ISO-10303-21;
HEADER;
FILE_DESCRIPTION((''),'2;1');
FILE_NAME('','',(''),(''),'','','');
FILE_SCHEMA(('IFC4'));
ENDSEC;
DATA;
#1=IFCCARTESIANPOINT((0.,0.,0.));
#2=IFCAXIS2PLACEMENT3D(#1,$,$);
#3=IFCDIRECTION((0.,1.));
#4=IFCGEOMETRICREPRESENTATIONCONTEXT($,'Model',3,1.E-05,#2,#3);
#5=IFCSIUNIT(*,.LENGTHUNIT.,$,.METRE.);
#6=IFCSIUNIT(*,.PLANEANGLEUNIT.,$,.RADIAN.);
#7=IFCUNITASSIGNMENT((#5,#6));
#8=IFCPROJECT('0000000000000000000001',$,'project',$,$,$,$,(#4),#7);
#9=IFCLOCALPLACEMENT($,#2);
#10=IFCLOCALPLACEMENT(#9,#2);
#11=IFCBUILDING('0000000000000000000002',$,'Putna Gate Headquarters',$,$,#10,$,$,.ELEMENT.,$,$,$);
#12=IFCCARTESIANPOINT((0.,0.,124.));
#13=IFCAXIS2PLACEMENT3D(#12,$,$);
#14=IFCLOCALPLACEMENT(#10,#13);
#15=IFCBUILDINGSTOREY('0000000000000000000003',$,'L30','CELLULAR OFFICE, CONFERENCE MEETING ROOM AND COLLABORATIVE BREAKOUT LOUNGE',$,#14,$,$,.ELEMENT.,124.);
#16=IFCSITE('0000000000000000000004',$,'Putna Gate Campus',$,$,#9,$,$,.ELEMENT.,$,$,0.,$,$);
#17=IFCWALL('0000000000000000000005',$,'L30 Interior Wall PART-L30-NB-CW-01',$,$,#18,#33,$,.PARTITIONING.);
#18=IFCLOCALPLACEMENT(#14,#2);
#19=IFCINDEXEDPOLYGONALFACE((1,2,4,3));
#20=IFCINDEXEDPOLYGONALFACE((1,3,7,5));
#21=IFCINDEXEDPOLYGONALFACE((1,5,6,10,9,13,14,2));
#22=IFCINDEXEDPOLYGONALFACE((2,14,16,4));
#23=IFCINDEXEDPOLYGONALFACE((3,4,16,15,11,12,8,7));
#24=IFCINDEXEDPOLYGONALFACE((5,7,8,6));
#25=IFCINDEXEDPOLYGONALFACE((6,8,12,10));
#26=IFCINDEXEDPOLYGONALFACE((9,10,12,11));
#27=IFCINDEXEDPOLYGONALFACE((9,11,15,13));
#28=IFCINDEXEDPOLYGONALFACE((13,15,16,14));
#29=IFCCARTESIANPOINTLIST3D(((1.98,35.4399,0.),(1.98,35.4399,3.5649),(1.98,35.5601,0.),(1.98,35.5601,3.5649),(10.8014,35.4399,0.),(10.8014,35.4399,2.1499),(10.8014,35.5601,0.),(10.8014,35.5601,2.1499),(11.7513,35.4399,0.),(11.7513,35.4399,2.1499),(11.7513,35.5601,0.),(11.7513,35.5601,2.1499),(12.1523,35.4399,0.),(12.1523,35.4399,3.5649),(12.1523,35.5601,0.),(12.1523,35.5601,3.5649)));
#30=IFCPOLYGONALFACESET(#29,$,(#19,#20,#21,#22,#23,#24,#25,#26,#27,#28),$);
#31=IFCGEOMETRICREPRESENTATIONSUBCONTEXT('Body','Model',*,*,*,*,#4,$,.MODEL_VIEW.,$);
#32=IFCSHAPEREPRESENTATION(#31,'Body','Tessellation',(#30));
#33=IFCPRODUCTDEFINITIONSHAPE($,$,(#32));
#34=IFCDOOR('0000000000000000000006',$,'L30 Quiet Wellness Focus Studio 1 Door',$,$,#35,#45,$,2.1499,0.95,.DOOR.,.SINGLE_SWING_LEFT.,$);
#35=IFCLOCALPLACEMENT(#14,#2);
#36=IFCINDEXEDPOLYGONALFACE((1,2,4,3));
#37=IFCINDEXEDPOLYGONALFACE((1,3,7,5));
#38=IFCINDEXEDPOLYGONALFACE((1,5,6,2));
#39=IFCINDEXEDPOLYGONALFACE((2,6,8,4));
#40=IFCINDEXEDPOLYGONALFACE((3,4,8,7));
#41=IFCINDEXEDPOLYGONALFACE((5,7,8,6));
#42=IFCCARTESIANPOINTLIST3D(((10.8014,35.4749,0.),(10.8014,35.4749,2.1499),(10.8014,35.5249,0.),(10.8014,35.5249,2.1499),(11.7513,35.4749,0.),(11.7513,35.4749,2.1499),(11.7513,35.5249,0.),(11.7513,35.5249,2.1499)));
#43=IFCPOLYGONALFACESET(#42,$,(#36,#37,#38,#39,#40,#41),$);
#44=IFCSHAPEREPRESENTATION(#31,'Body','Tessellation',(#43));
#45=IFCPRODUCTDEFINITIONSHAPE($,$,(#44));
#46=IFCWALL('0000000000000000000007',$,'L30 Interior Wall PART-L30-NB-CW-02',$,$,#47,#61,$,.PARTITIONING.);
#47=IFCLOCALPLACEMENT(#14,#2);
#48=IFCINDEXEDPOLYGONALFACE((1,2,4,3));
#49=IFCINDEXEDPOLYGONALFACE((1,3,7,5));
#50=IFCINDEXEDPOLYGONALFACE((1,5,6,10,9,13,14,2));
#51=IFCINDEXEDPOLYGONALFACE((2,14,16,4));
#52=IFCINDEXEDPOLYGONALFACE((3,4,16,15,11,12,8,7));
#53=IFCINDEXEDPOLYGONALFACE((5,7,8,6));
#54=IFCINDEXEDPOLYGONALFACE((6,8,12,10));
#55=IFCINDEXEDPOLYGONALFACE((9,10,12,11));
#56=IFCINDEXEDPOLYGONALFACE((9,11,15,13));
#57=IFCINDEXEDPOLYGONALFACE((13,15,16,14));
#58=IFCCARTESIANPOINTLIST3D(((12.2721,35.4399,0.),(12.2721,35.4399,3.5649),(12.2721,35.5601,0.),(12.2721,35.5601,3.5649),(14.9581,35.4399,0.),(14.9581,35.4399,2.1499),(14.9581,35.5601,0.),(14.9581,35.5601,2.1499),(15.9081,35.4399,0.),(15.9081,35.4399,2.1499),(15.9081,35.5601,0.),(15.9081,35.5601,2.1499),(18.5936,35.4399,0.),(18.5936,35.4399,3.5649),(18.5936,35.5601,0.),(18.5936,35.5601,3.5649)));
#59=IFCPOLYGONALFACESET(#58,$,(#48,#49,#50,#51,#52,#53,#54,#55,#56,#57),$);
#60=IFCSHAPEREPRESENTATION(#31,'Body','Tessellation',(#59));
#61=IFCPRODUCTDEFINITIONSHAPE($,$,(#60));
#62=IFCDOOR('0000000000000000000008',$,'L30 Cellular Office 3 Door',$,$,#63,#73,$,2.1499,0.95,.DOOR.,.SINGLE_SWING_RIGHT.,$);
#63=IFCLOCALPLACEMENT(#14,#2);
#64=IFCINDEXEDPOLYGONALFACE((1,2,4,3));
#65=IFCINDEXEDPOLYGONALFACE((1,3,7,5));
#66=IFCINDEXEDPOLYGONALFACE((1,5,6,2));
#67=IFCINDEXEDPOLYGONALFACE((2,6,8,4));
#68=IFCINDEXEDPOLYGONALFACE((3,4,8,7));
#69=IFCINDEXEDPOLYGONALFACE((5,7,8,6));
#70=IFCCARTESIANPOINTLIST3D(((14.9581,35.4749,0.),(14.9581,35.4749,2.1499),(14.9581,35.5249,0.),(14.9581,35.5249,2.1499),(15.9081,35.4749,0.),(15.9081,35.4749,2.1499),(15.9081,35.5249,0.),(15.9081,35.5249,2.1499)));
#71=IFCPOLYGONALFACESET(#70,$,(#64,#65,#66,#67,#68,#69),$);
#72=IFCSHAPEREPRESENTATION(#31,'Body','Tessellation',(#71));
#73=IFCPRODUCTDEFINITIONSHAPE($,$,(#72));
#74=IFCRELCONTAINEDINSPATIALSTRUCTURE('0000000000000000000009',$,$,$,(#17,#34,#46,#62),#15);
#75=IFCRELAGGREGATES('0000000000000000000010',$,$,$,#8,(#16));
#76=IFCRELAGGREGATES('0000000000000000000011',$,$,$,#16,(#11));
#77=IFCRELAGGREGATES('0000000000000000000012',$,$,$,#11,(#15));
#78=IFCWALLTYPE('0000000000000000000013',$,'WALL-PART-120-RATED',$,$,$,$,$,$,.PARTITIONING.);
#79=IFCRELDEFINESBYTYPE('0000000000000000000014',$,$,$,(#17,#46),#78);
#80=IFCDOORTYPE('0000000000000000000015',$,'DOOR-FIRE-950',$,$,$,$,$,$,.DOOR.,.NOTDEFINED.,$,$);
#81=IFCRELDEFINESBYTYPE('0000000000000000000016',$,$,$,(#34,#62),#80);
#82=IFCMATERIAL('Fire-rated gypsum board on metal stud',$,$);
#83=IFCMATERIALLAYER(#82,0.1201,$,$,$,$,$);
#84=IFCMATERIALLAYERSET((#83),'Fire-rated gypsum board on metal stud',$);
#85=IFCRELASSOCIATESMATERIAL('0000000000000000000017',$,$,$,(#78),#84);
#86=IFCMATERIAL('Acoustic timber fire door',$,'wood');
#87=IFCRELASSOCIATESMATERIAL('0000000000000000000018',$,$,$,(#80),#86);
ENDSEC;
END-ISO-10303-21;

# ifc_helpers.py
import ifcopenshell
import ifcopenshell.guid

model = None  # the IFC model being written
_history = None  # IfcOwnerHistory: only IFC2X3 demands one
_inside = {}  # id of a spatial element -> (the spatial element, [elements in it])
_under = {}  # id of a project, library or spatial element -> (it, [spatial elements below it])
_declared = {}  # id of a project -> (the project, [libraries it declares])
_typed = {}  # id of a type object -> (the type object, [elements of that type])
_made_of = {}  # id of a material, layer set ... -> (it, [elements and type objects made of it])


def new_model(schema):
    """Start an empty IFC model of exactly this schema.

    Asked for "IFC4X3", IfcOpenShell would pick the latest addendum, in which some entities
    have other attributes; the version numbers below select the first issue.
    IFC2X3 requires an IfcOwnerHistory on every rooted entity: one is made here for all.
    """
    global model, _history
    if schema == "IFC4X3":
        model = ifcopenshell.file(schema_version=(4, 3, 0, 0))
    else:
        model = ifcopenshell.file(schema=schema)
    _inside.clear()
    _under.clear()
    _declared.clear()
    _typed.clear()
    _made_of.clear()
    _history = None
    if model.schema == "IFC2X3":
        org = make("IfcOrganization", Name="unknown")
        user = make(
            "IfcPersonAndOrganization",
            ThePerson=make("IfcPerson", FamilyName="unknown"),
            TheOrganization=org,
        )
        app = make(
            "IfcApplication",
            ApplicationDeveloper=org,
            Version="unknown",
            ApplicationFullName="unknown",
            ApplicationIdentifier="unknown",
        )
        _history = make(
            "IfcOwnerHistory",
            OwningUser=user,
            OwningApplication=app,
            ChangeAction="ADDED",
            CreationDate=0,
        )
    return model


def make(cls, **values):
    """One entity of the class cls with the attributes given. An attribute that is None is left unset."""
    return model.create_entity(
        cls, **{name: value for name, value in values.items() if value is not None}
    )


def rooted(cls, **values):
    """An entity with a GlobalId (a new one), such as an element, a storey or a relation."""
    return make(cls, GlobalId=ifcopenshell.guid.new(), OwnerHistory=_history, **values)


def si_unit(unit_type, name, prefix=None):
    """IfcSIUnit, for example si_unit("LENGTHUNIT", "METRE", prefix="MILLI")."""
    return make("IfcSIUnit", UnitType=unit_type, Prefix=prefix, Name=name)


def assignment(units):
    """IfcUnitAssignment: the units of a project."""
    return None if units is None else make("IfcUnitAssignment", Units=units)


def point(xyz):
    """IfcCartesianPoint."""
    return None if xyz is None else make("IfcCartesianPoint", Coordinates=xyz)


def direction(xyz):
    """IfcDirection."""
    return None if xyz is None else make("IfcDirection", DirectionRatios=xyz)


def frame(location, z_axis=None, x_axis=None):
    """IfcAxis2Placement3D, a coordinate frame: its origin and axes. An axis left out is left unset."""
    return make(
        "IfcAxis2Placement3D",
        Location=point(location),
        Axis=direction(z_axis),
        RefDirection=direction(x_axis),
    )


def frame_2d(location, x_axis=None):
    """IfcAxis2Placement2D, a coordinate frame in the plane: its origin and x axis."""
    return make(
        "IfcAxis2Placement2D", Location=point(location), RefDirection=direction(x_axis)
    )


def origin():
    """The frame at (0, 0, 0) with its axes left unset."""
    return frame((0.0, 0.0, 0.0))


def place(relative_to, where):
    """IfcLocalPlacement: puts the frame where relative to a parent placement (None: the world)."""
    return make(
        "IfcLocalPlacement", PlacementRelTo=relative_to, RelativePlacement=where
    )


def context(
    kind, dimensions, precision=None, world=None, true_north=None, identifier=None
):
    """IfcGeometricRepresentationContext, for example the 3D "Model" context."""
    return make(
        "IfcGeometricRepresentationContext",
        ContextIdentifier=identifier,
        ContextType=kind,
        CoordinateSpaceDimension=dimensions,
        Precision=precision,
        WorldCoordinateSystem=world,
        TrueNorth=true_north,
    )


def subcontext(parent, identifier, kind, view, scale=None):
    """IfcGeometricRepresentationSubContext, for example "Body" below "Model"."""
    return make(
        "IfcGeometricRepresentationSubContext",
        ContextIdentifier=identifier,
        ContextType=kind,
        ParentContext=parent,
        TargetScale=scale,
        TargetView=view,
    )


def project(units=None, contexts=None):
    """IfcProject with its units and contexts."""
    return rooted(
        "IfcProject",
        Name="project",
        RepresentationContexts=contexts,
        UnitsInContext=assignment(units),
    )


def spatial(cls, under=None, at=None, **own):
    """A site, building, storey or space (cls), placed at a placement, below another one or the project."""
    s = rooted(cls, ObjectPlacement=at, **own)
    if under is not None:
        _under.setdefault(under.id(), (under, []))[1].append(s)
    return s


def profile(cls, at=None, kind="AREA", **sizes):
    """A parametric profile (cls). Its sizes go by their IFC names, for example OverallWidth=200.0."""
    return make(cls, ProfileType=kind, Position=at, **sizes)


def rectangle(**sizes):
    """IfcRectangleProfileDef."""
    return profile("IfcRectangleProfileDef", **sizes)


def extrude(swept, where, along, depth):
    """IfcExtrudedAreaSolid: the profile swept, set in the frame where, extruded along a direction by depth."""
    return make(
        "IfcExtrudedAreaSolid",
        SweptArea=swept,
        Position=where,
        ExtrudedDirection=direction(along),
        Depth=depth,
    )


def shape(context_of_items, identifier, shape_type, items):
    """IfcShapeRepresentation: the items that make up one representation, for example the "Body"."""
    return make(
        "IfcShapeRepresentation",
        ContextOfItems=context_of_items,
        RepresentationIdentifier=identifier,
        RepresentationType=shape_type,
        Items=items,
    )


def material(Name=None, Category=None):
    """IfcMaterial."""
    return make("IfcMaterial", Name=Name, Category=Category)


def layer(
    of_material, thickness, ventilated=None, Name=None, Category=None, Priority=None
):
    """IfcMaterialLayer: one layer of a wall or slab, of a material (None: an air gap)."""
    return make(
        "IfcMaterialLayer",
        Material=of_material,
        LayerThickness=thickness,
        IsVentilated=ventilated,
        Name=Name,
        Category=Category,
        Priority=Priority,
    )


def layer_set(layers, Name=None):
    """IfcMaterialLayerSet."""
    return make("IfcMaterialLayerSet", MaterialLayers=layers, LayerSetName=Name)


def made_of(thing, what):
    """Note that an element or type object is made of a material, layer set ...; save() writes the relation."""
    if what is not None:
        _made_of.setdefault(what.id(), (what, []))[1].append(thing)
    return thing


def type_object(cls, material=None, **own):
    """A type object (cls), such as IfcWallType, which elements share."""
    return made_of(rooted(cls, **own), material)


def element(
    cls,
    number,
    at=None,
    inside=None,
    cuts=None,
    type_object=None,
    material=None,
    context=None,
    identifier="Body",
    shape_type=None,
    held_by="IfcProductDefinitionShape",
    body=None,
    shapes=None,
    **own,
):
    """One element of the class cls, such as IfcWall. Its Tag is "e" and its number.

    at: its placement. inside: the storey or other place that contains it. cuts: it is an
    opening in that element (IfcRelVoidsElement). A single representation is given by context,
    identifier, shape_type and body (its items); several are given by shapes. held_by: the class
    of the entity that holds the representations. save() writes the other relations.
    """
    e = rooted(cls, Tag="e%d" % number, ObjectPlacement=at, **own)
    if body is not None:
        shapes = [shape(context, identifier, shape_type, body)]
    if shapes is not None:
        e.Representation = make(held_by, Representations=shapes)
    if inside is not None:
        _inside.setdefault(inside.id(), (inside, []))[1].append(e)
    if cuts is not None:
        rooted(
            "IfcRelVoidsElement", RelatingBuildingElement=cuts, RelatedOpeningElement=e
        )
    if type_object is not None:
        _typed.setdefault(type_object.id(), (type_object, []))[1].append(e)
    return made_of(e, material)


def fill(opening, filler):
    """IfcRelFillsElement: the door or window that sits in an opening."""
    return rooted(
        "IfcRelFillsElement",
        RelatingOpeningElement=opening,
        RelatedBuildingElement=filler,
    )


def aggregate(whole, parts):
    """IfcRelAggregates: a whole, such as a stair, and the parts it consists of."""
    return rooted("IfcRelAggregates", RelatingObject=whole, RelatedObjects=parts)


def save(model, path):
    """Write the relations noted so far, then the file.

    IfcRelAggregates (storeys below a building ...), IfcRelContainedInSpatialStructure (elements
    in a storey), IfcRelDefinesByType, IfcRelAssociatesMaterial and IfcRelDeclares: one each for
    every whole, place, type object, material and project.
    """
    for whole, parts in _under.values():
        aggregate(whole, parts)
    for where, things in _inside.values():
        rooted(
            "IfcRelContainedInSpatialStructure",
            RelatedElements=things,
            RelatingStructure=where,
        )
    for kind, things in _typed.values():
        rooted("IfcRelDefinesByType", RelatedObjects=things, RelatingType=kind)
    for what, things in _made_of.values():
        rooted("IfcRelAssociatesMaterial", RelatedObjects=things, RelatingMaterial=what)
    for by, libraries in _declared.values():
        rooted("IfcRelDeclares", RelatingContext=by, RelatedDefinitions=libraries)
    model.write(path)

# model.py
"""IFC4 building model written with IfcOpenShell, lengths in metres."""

from ifc_helpers import new_model, si_unit, direction, frame, frame_2d, origin, place, context, subcontext, project, spatial, rectangle, extrude, material, layer, layer_set, type_object, element, fill, save


model = new_model("IFC4")

# Units and contexts
model_context = context("Model", 3, precision=1e-05, world=origin(), true_north=direction((0.0, 1.0)))
body_context = subcontext(model_context, "Body", "Model", "MODEL_VIEW")
ifc_project = project(units=[si_unit("LENGTHUNIT", "METRE"), si_unit("PLANEANGLEUNIT", "RADIAN")], contexts=[model_context])

# Site, building, storey
site_placement = place(None, origin())
site = spatial("IfcSite", under=ifc_project, at=site_placement, Name="Putna Gate Campus", CompositionType="ELEMENT", RefElevation=0.0)
building_placement = place(site_placement, origin())
building = spatial("IfcBuilding", under=site, at=building_placement, Name="Putna Gate Headquarters", CompositionType="ELEMENT")
storey_placement = place(building_placement, frame((0.0, 0.0, 124.0)))
storey = spatial("IfcBuildingStorey", under=building, at=storey_placement, Name="L30", Description="CELLULAR OFFICE, CONFERENCE MEETING ROOM AND COLLABORATIVE BREAKOUT LOUNGE", CompositionType="ELEMENT", Elevation=124.0)

# Walls, openings, doors
ifc_material_1 = material(Name="Fire-rated gypsum board on metal stud")
ifc_layer_1 = layer(ifc_material_1, 0.1201)
ifc_layer_set_1 = layer_set([ifc_layer_1], Name="Fire-rated gypsum board on metal stud")
wall_type_1 = type_object("IfcWallType", Name="WALL-PART-120-RATED", PredefinedType="PARTITIONING", material=ifc_layer_set_1)
wall_1_placement = place(storey_placement, frame((1.98, 35.5, 0.0), z_axis=(0.0, 0.0, 1.0), x_axis=(1.0, 0.0, 0.0)))
wall_1 = element("IfcWall", 1, at=wall_1_placement, inside=storey, type_object=wall_type_1, Name="L30 Interior Wall PART-L30-NB-CW-01", PredefinedType="PARTITIONING", context=body_context, shape_type="SweptSolid", body=[
    extrude(rectangle(XDim=10.1724, YDim=0.1201, at=frame_2d((5.0862, 0.0))), origin(), (0.0, 0.0, 1.0), 3.5649),
])
opening_1_placement = place(wall_1_placement, frame((8.8213, 0.0, 0.0)))
opening_1 = element("IfcOpeningElement", 2, at=opening_1_placement, cuts=wall_1, PredefinedType="OPENING", context=body_context, shape_type="SweptSolid", body=[
    extrude(rectangle(XDim=0.95, YDim=2.1499, at=frame_2d((0.4751, 1.075))), frame((0.0, 0.0701, 0.0), z_axis=(0.0, -1.0, 0.0), x_axis=(1.0, 0.0, 0.0)), (0.0, 0.0, 1.0), 0.1401),
])
ifc_material_2 = material(Name="Acoustic timber fire door", Category="wood")
door_type_1 = type_object("IfcDoorType", Name="DOOR-FIRE-950", OperationType="NOTDEFINED", PredefinedType="DOOR", material=ifc_material_2)
door_1_placement = place(opening_1_placement, origin())
door_1 = element("IfcDoor", 3, at=door_1_placement, inside=storey, type_object=door_type_1, Name="L30 Quiet Wellness Focus Studio 1 Door", OperationType="SINGLE_SWING_LEFT", OverallHeight=2.1499, OverallWidth=0.95, PredefinedType="DOOR", context=body_context, shape_type="SweptSolid", body=[
    extrude(rectangle(XDim=0.95, YDim=2.1499, at=frame_2d((0.4751, 1.075))), frame((0.0, 0.0249, 0.0), z_axis=(0.0, -1.0, 0.0), x_axis=(1.0, 0.0, 0.0)), (0.0, 0.0, 1.0), 0.05),
])
fill(opening_1, door_1)
wall_2_placement = place(storey_placement, frame((12.2722, 35.5, 0.0), z_axis=(0.0, 0.0, 1.0), x_axis=(1.0, 0.0, 0.0)))
wall_2 = element("IfcWall", 4, at=wall_2_placement, inside=storey, type_object=wall_type_1, Name="L30 Interior Wall PART-L30-NB-CW-02", PredefinedType="PARTITIONING", context=body_context, shape_type="SweptSolid", body=[
    extrude(rectangle(XDim=6.3215, YDim=0.1201, at=frame_2d((3.1606, 0.0))), origin(), (0.0, 0.0, 1.0), 3.5649),
])
opening_2_placement = place(wall_2_placement, frame((2.6858, 0.0, 0.0)))
opening_2 = element("IfcOpeningElement", 5, at=opening_2_placement, cuts=wall_2, PredefinedType="OPENING", context=body_context, shape_type="SweptSolid", body=[
    extrude(rectangle(XDim=0.95, YDim=2.1499, at=frame_2d((0.4751, 1.075))), frame((0.0, 0.0701, 0.0), z_axis=(0.0, -1.0, 0.0), x_axis=(1.0, 0.0, 0.0)), (0.0, 0.0, 1.0), 0.1401),
])
door_2_placement = place(opening_2_placement, origin())
door_2 = element("IfcDoor", 6, at=door_2_placement, inside=storey, type_object=door_type_1, Name="L30 Cellular Office 3 Door", OperationType="SINGLE_SWING_RIGHT", OverallHeight=2.1499, OverallWidth=0.95, PredefinedType="DOOR", context=body_context, shape_type="SweptSolid", body=[
    extrude(rectangle(XDim=0.95, YDim=2.1499, at=frame_2d((0.4751, 1.075))), frame((0.0, 0.0249, 0.0), z_axis=(0.0, -1.0, 0.0), x_axis=(1.0, 0.0, 0.0)), (0.0, 0.0, 1.0), 0.05),
])
fill(opening_2, door_2)

save(model, "model.ifc")
